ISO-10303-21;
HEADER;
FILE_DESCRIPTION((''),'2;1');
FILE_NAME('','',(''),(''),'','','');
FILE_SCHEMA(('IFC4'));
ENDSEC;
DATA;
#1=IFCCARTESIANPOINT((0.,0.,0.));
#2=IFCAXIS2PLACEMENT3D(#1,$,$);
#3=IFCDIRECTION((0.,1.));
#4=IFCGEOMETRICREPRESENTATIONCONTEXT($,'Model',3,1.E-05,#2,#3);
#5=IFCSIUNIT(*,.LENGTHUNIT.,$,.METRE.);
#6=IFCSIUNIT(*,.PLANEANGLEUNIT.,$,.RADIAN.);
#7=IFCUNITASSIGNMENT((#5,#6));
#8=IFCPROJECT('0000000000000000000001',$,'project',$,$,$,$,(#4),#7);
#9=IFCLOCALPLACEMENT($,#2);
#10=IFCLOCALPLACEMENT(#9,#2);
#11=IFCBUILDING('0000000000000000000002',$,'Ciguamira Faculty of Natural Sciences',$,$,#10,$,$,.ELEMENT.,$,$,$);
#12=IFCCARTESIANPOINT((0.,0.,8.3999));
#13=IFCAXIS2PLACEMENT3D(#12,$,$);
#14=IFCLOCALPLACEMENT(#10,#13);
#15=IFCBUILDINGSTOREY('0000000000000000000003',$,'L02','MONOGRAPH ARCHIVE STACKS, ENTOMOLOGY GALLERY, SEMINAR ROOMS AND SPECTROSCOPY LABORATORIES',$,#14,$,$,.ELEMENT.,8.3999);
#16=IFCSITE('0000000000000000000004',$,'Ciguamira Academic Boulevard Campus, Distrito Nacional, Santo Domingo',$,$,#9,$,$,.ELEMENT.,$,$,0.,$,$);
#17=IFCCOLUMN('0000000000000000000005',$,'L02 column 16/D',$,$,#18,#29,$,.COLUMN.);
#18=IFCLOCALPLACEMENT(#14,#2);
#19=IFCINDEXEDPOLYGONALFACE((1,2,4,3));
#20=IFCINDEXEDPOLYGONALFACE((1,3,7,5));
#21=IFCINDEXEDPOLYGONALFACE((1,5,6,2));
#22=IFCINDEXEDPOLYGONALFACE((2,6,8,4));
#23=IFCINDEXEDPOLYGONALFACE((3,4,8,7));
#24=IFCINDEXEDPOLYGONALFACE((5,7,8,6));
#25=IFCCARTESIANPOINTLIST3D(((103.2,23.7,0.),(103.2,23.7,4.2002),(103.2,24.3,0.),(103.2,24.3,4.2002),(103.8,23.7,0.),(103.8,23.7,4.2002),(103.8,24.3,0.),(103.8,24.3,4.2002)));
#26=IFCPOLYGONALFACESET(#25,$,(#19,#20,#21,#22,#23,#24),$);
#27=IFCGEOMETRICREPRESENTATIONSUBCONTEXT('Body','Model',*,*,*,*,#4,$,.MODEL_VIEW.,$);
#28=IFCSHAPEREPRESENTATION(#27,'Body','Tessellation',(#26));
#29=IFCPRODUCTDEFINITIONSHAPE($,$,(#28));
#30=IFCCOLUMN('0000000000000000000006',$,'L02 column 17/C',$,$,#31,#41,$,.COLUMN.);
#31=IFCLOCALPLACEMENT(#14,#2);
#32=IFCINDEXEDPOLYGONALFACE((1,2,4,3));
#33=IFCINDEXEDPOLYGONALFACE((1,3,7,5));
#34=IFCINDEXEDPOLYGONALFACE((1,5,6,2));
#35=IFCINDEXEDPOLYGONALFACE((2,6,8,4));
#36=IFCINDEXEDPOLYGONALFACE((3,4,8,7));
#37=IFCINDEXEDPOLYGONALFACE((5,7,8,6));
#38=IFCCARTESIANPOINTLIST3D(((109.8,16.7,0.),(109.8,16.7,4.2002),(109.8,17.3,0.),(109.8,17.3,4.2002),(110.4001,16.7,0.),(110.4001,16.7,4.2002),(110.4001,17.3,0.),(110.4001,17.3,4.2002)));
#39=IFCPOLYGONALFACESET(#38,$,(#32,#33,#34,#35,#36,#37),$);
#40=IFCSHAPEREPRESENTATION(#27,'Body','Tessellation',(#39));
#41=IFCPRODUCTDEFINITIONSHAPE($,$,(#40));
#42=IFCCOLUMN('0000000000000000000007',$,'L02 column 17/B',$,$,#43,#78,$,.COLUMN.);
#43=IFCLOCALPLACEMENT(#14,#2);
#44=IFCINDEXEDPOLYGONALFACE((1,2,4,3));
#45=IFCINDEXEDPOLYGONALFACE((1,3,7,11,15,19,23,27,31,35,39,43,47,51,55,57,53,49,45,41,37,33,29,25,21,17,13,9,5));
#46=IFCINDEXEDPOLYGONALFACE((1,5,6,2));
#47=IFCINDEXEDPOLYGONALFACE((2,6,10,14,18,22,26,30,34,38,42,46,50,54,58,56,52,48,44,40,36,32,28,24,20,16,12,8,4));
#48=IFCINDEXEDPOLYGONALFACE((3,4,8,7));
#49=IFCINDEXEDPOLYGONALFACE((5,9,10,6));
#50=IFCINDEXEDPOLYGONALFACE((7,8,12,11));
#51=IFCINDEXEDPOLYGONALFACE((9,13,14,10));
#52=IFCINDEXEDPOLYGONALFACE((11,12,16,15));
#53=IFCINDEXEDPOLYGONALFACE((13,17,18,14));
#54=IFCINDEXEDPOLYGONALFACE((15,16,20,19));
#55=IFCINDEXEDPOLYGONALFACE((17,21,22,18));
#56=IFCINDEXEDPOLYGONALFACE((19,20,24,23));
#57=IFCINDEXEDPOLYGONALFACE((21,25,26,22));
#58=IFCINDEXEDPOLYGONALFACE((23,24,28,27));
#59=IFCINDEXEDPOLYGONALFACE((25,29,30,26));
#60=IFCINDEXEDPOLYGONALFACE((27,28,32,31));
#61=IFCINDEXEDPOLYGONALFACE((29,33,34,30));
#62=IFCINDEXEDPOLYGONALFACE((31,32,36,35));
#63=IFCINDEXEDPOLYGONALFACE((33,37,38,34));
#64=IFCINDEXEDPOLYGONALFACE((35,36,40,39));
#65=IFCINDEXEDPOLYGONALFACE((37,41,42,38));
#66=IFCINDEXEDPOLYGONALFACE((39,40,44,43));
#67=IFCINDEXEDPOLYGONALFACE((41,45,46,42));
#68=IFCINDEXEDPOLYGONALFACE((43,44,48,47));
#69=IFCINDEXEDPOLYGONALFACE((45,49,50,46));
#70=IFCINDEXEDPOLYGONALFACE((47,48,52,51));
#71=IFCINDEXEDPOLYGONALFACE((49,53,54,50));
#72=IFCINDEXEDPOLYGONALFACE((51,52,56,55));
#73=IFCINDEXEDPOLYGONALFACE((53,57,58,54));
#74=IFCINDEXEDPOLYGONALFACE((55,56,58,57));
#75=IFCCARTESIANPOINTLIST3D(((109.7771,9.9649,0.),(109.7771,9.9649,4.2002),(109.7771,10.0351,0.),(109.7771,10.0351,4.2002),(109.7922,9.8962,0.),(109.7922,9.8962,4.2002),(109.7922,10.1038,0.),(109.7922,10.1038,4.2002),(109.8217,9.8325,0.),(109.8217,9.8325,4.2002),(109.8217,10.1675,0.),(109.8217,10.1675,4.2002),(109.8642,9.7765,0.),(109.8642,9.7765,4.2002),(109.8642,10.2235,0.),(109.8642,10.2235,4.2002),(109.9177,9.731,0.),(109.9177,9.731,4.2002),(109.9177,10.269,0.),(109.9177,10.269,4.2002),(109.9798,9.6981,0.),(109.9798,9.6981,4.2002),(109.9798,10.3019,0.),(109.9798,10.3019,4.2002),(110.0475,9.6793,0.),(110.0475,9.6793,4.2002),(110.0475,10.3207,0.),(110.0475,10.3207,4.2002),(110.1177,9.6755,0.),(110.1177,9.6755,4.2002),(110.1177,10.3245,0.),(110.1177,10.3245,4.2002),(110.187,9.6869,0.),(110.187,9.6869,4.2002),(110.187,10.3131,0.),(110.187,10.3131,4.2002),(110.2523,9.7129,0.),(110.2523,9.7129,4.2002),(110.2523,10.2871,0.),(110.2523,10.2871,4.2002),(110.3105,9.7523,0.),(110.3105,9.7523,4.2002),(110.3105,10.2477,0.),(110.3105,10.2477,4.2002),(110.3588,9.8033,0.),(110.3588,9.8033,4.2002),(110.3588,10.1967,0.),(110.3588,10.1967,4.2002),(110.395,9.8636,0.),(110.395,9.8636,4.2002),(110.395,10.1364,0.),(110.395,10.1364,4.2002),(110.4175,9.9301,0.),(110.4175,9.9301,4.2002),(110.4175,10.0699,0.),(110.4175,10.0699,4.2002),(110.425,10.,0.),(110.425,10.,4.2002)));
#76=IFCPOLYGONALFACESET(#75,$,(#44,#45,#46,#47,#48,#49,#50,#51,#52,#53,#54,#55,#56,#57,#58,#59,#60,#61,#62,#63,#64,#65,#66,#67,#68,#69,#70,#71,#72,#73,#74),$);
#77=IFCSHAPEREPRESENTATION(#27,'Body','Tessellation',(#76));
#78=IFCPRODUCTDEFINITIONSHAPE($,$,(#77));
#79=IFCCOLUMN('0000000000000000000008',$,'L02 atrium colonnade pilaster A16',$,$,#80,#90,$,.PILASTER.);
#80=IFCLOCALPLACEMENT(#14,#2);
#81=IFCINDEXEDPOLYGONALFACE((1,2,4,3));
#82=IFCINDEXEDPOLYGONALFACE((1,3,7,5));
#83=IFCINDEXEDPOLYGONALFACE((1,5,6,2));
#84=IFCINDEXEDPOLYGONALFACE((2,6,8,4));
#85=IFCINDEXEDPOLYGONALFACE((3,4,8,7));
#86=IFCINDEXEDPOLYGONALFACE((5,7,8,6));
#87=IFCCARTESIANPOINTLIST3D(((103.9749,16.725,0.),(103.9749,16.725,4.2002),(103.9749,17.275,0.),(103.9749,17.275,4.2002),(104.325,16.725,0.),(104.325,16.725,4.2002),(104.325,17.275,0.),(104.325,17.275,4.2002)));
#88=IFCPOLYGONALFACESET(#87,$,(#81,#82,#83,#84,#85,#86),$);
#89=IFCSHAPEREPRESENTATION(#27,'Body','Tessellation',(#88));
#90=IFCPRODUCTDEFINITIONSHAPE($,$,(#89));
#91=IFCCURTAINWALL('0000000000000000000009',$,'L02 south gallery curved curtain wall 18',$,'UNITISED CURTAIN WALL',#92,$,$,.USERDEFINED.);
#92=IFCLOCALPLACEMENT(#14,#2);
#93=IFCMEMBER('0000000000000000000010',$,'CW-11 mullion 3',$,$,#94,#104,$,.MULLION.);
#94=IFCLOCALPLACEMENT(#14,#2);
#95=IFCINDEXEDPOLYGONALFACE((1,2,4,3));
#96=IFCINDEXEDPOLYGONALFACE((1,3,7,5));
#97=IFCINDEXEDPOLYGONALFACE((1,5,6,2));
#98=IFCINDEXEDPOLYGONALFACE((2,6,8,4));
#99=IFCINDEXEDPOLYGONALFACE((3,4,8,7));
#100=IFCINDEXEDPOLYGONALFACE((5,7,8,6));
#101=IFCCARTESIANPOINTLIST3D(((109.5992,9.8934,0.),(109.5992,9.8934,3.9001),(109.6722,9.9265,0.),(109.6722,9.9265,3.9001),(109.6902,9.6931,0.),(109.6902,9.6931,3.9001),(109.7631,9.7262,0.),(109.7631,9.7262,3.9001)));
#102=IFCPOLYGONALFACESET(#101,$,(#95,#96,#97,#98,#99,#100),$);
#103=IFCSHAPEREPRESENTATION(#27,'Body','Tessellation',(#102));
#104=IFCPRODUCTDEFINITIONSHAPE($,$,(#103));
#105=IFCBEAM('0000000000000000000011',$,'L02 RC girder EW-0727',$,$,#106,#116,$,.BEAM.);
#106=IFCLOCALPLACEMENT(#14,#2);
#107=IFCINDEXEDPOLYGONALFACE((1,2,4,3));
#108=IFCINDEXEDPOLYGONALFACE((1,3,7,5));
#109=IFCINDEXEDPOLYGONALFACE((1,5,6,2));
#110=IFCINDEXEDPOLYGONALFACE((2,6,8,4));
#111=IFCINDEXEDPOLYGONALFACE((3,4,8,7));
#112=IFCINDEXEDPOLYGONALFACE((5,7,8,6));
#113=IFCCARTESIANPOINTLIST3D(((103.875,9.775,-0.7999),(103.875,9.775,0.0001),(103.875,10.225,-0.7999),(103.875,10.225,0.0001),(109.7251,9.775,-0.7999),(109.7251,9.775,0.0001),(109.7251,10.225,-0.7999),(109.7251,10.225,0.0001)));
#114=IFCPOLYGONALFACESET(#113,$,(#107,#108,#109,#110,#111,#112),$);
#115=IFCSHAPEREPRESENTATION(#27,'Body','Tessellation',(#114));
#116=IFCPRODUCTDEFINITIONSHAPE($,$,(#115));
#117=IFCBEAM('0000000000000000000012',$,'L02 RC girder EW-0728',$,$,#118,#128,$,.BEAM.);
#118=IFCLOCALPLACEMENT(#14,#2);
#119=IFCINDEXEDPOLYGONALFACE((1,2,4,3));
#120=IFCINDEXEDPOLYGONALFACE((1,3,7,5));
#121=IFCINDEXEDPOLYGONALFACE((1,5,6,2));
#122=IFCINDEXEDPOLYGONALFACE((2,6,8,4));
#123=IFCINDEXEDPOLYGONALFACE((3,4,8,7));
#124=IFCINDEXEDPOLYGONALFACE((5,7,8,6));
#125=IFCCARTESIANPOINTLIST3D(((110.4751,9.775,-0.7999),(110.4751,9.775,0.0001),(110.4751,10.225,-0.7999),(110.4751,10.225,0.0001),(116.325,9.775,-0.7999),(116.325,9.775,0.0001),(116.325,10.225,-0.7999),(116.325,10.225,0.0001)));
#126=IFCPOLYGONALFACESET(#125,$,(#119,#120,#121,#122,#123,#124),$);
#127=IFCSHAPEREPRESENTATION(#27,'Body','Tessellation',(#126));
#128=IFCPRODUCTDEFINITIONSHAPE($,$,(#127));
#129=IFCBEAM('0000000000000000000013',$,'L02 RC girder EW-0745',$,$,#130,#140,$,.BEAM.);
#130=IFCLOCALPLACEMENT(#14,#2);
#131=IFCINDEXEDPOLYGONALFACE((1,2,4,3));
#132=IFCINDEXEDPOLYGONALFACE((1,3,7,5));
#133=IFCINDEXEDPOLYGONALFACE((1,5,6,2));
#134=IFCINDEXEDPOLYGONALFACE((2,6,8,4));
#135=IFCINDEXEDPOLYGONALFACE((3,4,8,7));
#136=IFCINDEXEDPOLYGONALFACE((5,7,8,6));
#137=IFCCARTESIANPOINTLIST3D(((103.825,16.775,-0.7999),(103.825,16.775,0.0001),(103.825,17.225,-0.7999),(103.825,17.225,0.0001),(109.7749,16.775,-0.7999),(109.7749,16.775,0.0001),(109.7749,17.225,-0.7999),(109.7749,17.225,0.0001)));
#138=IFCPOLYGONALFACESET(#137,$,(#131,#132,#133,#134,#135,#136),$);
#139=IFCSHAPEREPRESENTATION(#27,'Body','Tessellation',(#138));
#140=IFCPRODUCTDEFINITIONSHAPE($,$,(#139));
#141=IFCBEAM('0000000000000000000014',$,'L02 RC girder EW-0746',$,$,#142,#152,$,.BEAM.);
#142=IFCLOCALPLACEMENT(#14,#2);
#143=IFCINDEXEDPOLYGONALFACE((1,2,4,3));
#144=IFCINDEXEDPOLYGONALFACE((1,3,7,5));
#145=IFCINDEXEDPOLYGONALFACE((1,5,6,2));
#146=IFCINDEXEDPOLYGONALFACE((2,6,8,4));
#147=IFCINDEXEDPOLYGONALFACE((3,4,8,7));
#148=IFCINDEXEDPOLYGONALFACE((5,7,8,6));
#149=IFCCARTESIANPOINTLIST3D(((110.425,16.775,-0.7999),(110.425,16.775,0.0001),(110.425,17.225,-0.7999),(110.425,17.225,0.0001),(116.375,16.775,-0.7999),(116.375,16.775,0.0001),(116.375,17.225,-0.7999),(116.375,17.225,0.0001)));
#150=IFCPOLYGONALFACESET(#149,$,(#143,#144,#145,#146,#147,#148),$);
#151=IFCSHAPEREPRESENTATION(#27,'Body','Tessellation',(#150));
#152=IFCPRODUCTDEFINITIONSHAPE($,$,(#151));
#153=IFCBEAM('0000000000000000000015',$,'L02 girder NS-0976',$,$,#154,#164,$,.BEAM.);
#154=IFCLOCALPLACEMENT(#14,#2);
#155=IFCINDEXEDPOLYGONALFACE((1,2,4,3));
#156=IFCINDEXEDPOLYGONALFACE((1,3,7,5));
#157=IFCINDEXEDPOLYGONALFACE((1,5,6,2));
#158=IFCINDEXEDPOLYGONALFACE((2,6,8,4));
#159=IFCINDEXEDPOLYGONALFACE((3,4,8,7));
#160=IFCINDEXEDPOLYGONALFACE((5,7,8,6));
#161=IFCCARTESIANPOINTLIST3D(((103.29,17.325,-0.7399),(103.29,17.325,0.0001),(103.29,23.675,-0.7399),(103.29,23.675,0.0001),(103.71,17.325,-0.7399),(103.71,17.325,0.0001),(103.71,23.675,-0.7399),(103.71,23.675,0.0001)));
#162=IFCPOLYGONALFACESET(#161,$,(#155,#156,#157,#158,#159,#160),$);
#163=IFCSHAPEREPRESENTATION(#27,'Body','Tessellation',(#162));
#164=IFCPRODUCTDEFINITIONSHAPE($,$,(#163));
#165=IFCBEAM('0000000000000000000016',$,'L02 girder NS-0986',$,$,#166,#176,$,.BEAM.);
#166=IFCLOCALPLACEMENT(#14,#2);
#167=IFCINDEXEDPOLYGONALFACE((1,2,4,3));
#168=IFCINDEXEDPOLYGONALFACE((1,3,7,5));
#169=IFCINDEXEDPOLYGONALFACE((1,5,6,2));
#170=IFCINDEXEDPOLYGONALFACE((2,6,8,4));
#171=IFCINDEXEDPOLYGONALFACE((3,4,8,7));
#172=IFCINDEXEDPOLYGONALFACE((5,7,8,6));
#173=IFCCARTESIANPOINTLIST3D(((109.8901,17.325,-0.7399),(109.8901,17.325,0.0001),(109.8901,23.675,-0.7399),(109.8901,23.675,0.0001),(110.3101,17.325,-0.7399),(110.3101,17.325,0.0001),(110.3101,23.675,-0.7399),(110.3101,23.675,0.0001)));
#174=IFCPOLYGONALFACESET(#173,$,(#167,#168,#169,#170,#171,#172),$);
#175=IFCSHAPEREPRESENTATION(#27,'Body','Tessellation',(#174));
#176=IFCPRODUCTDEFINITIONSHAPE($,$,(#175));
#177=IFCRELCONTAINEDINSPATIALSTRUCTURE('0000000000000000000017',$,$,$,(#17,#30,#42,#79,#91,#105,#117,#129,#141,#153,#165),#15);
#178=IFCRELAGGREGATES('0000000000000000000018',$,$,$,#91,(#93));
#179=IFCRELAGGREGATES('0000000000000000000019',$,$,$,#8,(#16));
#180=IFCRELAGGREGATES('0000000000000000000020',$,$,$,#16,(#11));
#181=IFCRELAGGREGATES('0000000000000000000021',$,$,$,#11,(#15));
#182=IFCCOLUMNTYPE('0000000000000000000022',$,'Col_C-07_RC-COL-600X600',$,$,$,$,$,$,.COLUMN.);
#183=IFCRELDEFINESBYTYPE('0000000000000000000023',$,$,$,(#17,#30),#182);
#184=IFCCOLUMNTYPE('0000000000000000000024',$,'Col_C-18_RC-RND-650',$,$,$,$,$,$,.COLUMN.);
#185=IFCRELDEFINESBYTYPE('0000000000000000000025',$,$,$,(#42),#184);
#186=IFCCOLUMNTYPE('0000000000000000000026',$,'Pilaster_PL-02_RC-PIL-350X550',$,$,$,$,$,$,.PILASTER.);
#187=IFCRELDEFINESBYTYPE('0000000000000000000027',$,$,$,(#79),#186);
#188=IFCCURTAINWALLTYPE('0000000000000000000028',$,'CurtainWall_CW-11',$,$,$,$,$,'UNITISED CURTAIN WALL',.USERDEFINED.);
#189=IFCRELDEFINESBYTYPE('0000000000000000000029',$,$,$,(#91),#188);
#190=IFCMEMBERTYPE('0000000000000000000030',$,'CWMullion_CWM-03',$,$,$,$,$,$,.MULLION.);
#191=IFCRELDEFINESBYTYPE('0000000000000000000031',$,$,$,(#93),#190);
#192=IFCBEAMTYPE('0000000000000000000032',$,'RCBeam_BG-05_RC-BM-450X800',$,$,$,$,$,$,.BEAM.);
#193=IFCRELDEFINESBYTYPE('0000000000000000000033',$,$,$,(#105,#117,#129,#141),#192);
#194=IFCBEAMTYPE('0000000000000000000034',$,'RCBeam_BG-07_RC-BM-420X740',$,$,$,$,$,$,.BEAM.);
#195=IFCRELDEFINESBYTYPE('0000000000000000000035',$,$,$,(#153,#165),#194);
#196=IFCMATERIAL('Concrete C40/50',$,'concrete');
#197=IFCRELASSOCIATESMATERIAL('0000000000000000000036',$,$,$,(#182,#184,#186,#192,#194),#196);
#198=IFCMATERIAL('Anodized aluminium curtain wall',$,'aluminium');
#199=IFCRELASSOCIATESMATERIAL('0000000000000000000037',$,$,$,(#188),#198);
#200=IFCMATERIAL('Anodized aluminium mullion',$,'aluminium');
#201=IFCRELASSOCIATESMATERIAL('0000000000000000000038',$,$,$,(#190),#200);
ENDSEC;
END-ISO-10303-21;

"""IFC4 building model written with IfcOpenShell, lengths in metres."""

from ifc_helpers import new_model, si_unit, direction, frame, origin, origin_2d, place, context, subcontext, project, spatial, rectangle, circle, extrude, material, material_profile, profile_set, type_object, element, aggregate, save


model = new_model("IFC4")

# Units and contexts
model_context = context("Model", 3, precision=1e-05, world=origin(), true_north=direction((0.0, 1.0)))
body_context = subcontext(model_context, "Body", "Model", "MODEL_VIEW")
ifc_project = project(units=[si_unit("LENGTHUNIT", "METRE"), si_unit("PLANEANGLEUNIT", "RADIAN")], contexts=[model_context])

# Site, building, storey
site_placement = place(None, origin())
site = spatial("IfcSite", under=ifc_project, at=site_placement, Name="Ciguamira Academic Boulevard Campus, Distrito Nacional, Santo Domingo", CompositionType="ELEMENT", RefElevation=0.0)
building_placement = place(site_placement, origin())
building = spatial("IfcBuilding", under=site, at=building_placement, Name="Ciguamira Faculty of Natural Sciences", CompositionType="ELEMENT")
storey_placement = place(building_placement, frame((0.0, 0.0, 8.3999)))
storey = spatial("IfcBuildingStorey", under=building, at=storey_placement, Name="L02", Description="MONOGRAPH ARCHIVE STACKS, ENTOMOLOGY GALLERY, SEMINAR ROOMS AND SPECTROSCOPY LABORATORIES", CompositionType="ELEMENT", Elevation=8.3999)

# Columns
ifc_material_1 = material(Name="Concrete C40/50", Category="concrete")
ifc_material_profile_1 = material_profile(ifc_material_1, rectangle(XDim=0.6001, YDim=0.6001, at=origin_2d()), Name="RC-COL-600X600")
ifc_profile_set_1 = profile_set([ifc_material_profile_1], Name="Concrete C40/50")
column_type_1 = type_object("IfcColumnType", Name="Col_C-07_RC-COL-600X600", PredefinedType="COLUMN", material=ifc_profile_set_1)
for number, where, z_axis, x_axis, name in (
    (1, (103.5, 24.0, 0.0), (0.0, 0.0, 1.0), (1.0, 0.0, 0.0), "L02 column 16/D"),
    (2, (110.1001, 17.0, 0.0), (0.0, 0.0, 1.0), (1.0, 0.0, 0.0), "L02 column 17/C"),
):
    element("IfcColumn", number, at=place(storey_placement, frame(where, z_axis=z_axis, x_axis=x_axis)), inside=storey, type_object=column_type_1, Name=name, PredefinedType="COLUMN", context=body_context, shape_type="SweptSolid", body=[
        extrude(rectangle(XDim=0.6001, YDim=0.6001, at=origin_2d()), origin(), (0.0, 0.0, 1.0), 4.2002),
    ])
ifc_material_profile_2 = material_profile(ifc_material_1, circle(Radius=0.325, at=origin_2d()), Name="RC-RND-650")
ifc_profile_set_2 = profile_set([ifc_material_profile_2], Name="Concrete C40/50")
column_type_2 = type_object("IfcColumnType", Name="Col_C-18_RC-RND-650", PredefinedType="COLUMN", material=ifc_profile_set_2)
column_1_placement = place(storey_placement, frame((110.1001, 10.0, 0.0), z_axis=(0.0, 0.0, 1.0), x_axis=(1.0, 0.0, 0.0)))
element("IfcColumn", 3, at=column_1_placement, inside=storey, type_object=column_type_2, Name="L02 column 17/B", PredefinedType="COLUMN", context=body_context, shape_type="SweptSolid", body=[
    extrude(circle(Radius=0.325, at=origin_2d()), origin(), (0.0, 0.0, 1.0), 4.2002),
])
ifc_material_profile_3 = material_profile(ifc_material_1, rectangle(XDim=0.3501, YDim=0.55, at=origin_2d()), Name="RC-PIL-350X550")
ifc_profile_set_3 = profile_set([ifc_material_profile_3], Name="Concrete C40/50")
column_type_3 = type_object("IfcColumnType", Name="Pilaster_PL-02_RC-PIL-350X550", PredefinedType="PILASTER", material=ifc_profile_set_3)
column_2_placement = place(storey_placement, frame((104.1499, 17.0, 0.0), z_axis=(0.0, 0.0, 1.0), x_axis=(1.0, 0.0, 0.0)))
element("IfcColumn", 4, at=column_2_placement, inside=storey, type_object=column_type_3, Name="L02 atrium colonnade pilaster A16", PredefinedType="PILASTER", context=body_context, shape_type="SweptSolid", body=[
    extrude(rectangle(XDim=0.3501, YDim=0.55, at=origin_2d()), origin(), (0.0, 0.0, 1.0), 4.2002),
])

# Curtain wall, member
ifc_material_2 = material(Name="Anodized aluminium curtain wall", Category="aluminium")
curtain_wall_type = type_object("IfcCurtainWallType", Name="CurtainWall_CW-11", ElementType="UNITISED CURTAIN WALL", PredefinedType="USERDEFINED", material=ifc_material_2)
curtain_wall_placement = place(storey_placement, origin())
curtain_wall = element("IfcCurtainWall", 5, at=curtain_wall_placement, inside=storey, type_object=curtain_wall_type, Name="L02 south gallery curved curtain wall 18", ObjectType="UNITISED CURTAIN WALL", PredefinedType="USERDEFINED")
ifc_material_3 = material(Name="Anodized aluminium mullion", Category="aluminium")
ifc_material_profile_4 = material_profile(ifc_material_3, rectangle(XDim=0.0801, YDim=0.22, at=origin_2d()), Name="ALU-MUL-80X220")
ifc_profile_set_4 = profile_set([ifc_material_profile_4], Name="Anodized aluminium mullion")
member_type = type_object("IfcMemberType", Name="CWMullion_CWM-03", PredefinedType="MULLION", material=ifc_profile_set_4)
member_placement = place(storey_placement, frame((109.6812, 9.8098, 0.0), z_axis=(0.0, 0.0, 1.0), x_axis=(0.910581, 0.413332, 0.0)))
member = element("IfcMember", 6, at=member_placement, type_object=member_type, Name="CW-11 mullion 3", PredefinedType="MULLION", context=body_context, shape_type="SweptSolid", body=[
    extrude(rectangle(XDim=0.0801, YDim=0.22, at=origin_2d()), origin(), (0.0, 0.0, 1.0), 3.9001),
])
aggregate(curtain_wall, [member])

# Beams
ifc_material_profile_5 = material_profile(ifc_material_1, rectangle(XDim=0.45, YDim=0.8, at=origin_2d()), Name="RC-BM-450X800")
ifc_profile_set_5 = profile_set([ifc_material_profile_5], Name="Concrete C40/50")
beam_type_1 = type_object("IfcBeamType", Name="RCBeam_BG-05_RC-BM-450X800", PredefinedType="BEAM", material=ifc_profile_set_5)
beam_1_placement = place(storey_placement, frame((103.875, 10.0, -0.3999), z_axis=(1.0, 0.0, 0.0), x_axis=(0.0, 1.0, 0.0)))
element("IfcBeam", 7, at=beam_1_placement, inside=storey, type_object=beam_type_1, Name="L02 RC girder EW-0727", PredefinedType="BEAM", context=body_context, shape_type="SweptSolid", body=[
    extrude(rectangle(XDim=0.45, YDim=0.8, at=origin_2d()), origin(), (0.0, 0.0, 1.0), 5.8501),
])
beam_2_placement = place(storey_placement, frame((110.4751, 10.0, -0.3999), z_axis=(1.0, 0.0, 0.0), x_axis=(0.0, 1.0, 0.0)))
element("IfcBeam", 8, at=beam_2_placement, inside=storey, type_object=beam_type_1, Name="L02 RC girder EW-0728", PredefinedType="BEAM", context=body_context, shape_type="SweptSolid", body=[
    extrude(rectangle(XDim=0.45, YDim=0.8, at=origin_2d()), origin(), (0.0, 0.0, 1.0), 5.8499),
])
for number, where, z_axis, x_axis, name in (
    (9, (103.825, 17.0, -0.3999), (1.0, 0.0, 0.0), (0.0, 1.0, 0.0), "L02 RC girder EW-0745"),
    (10, (110.425, 17.0, -0.3999), (1.0, 0.0, 0.0), (0.0, 1.0, 0.0), "L02 RC girder EW-0746"),
):
    element("IfcBeam", number, at=place(storey_placement, frame(where, z_axis=z_axis, x_axis=x_axis)), inside=storey, type_object=beam_type_1, Name=name, PredefinedType="BEAM", context=body_context, shape_type="SweptSolid", body=[
        extrude(rectangle(XDim=0.45, YDim=0.8, at=origin_2d()), origin(), (0.0, 0.0, 1.0), 5.95),
    ])
ifc_material_profile_6 = material_profile(ifc_material_1, rectangle(XDim=0.4199, YDim=0.74, at=origin_2d()), Name="RC-BM-420X740")
ifc_profile_set_6 = profile_set([ifc_material_profile_6], Name="Concrete C40/50")
beam_type_2 = type_object("IfcBeamType", Name="RCBeam_BG-07_RC-BM-420X740", PredefinedType="BEAM", material=ifc_profile_set_6)
for number, where, z_axis, x_axis, name in (
    (11, (103.5, 17.325, -0.3699), (0.0, 1.0, 0.0), (-1.0, 0.0, 0.0), "L02 girder NS-0976"),
    (12, (110.1001, 17.325, -0.3699), (0.0, 1.0, 0.0), (-1.0, 0.0, 0.0), "L02 girder NS-0986"),
):
    element("IfcBeam", number, at=place(storey_placement, frame(where, z_axis=z_axis, x_axis=x_axis)), inside=storey, type_object=beam_type_2, Name=name, PredefinedType="BEAM", context=body_context, shape_type="SweptSolid", body=[
        extrude(rectangle(XDim=0.4199, YDim=0.74, at=origin_2d()), origin(), (0.0, 0.0, 1.0), 6.3501),
    ])

save(model, "model.ifc")
